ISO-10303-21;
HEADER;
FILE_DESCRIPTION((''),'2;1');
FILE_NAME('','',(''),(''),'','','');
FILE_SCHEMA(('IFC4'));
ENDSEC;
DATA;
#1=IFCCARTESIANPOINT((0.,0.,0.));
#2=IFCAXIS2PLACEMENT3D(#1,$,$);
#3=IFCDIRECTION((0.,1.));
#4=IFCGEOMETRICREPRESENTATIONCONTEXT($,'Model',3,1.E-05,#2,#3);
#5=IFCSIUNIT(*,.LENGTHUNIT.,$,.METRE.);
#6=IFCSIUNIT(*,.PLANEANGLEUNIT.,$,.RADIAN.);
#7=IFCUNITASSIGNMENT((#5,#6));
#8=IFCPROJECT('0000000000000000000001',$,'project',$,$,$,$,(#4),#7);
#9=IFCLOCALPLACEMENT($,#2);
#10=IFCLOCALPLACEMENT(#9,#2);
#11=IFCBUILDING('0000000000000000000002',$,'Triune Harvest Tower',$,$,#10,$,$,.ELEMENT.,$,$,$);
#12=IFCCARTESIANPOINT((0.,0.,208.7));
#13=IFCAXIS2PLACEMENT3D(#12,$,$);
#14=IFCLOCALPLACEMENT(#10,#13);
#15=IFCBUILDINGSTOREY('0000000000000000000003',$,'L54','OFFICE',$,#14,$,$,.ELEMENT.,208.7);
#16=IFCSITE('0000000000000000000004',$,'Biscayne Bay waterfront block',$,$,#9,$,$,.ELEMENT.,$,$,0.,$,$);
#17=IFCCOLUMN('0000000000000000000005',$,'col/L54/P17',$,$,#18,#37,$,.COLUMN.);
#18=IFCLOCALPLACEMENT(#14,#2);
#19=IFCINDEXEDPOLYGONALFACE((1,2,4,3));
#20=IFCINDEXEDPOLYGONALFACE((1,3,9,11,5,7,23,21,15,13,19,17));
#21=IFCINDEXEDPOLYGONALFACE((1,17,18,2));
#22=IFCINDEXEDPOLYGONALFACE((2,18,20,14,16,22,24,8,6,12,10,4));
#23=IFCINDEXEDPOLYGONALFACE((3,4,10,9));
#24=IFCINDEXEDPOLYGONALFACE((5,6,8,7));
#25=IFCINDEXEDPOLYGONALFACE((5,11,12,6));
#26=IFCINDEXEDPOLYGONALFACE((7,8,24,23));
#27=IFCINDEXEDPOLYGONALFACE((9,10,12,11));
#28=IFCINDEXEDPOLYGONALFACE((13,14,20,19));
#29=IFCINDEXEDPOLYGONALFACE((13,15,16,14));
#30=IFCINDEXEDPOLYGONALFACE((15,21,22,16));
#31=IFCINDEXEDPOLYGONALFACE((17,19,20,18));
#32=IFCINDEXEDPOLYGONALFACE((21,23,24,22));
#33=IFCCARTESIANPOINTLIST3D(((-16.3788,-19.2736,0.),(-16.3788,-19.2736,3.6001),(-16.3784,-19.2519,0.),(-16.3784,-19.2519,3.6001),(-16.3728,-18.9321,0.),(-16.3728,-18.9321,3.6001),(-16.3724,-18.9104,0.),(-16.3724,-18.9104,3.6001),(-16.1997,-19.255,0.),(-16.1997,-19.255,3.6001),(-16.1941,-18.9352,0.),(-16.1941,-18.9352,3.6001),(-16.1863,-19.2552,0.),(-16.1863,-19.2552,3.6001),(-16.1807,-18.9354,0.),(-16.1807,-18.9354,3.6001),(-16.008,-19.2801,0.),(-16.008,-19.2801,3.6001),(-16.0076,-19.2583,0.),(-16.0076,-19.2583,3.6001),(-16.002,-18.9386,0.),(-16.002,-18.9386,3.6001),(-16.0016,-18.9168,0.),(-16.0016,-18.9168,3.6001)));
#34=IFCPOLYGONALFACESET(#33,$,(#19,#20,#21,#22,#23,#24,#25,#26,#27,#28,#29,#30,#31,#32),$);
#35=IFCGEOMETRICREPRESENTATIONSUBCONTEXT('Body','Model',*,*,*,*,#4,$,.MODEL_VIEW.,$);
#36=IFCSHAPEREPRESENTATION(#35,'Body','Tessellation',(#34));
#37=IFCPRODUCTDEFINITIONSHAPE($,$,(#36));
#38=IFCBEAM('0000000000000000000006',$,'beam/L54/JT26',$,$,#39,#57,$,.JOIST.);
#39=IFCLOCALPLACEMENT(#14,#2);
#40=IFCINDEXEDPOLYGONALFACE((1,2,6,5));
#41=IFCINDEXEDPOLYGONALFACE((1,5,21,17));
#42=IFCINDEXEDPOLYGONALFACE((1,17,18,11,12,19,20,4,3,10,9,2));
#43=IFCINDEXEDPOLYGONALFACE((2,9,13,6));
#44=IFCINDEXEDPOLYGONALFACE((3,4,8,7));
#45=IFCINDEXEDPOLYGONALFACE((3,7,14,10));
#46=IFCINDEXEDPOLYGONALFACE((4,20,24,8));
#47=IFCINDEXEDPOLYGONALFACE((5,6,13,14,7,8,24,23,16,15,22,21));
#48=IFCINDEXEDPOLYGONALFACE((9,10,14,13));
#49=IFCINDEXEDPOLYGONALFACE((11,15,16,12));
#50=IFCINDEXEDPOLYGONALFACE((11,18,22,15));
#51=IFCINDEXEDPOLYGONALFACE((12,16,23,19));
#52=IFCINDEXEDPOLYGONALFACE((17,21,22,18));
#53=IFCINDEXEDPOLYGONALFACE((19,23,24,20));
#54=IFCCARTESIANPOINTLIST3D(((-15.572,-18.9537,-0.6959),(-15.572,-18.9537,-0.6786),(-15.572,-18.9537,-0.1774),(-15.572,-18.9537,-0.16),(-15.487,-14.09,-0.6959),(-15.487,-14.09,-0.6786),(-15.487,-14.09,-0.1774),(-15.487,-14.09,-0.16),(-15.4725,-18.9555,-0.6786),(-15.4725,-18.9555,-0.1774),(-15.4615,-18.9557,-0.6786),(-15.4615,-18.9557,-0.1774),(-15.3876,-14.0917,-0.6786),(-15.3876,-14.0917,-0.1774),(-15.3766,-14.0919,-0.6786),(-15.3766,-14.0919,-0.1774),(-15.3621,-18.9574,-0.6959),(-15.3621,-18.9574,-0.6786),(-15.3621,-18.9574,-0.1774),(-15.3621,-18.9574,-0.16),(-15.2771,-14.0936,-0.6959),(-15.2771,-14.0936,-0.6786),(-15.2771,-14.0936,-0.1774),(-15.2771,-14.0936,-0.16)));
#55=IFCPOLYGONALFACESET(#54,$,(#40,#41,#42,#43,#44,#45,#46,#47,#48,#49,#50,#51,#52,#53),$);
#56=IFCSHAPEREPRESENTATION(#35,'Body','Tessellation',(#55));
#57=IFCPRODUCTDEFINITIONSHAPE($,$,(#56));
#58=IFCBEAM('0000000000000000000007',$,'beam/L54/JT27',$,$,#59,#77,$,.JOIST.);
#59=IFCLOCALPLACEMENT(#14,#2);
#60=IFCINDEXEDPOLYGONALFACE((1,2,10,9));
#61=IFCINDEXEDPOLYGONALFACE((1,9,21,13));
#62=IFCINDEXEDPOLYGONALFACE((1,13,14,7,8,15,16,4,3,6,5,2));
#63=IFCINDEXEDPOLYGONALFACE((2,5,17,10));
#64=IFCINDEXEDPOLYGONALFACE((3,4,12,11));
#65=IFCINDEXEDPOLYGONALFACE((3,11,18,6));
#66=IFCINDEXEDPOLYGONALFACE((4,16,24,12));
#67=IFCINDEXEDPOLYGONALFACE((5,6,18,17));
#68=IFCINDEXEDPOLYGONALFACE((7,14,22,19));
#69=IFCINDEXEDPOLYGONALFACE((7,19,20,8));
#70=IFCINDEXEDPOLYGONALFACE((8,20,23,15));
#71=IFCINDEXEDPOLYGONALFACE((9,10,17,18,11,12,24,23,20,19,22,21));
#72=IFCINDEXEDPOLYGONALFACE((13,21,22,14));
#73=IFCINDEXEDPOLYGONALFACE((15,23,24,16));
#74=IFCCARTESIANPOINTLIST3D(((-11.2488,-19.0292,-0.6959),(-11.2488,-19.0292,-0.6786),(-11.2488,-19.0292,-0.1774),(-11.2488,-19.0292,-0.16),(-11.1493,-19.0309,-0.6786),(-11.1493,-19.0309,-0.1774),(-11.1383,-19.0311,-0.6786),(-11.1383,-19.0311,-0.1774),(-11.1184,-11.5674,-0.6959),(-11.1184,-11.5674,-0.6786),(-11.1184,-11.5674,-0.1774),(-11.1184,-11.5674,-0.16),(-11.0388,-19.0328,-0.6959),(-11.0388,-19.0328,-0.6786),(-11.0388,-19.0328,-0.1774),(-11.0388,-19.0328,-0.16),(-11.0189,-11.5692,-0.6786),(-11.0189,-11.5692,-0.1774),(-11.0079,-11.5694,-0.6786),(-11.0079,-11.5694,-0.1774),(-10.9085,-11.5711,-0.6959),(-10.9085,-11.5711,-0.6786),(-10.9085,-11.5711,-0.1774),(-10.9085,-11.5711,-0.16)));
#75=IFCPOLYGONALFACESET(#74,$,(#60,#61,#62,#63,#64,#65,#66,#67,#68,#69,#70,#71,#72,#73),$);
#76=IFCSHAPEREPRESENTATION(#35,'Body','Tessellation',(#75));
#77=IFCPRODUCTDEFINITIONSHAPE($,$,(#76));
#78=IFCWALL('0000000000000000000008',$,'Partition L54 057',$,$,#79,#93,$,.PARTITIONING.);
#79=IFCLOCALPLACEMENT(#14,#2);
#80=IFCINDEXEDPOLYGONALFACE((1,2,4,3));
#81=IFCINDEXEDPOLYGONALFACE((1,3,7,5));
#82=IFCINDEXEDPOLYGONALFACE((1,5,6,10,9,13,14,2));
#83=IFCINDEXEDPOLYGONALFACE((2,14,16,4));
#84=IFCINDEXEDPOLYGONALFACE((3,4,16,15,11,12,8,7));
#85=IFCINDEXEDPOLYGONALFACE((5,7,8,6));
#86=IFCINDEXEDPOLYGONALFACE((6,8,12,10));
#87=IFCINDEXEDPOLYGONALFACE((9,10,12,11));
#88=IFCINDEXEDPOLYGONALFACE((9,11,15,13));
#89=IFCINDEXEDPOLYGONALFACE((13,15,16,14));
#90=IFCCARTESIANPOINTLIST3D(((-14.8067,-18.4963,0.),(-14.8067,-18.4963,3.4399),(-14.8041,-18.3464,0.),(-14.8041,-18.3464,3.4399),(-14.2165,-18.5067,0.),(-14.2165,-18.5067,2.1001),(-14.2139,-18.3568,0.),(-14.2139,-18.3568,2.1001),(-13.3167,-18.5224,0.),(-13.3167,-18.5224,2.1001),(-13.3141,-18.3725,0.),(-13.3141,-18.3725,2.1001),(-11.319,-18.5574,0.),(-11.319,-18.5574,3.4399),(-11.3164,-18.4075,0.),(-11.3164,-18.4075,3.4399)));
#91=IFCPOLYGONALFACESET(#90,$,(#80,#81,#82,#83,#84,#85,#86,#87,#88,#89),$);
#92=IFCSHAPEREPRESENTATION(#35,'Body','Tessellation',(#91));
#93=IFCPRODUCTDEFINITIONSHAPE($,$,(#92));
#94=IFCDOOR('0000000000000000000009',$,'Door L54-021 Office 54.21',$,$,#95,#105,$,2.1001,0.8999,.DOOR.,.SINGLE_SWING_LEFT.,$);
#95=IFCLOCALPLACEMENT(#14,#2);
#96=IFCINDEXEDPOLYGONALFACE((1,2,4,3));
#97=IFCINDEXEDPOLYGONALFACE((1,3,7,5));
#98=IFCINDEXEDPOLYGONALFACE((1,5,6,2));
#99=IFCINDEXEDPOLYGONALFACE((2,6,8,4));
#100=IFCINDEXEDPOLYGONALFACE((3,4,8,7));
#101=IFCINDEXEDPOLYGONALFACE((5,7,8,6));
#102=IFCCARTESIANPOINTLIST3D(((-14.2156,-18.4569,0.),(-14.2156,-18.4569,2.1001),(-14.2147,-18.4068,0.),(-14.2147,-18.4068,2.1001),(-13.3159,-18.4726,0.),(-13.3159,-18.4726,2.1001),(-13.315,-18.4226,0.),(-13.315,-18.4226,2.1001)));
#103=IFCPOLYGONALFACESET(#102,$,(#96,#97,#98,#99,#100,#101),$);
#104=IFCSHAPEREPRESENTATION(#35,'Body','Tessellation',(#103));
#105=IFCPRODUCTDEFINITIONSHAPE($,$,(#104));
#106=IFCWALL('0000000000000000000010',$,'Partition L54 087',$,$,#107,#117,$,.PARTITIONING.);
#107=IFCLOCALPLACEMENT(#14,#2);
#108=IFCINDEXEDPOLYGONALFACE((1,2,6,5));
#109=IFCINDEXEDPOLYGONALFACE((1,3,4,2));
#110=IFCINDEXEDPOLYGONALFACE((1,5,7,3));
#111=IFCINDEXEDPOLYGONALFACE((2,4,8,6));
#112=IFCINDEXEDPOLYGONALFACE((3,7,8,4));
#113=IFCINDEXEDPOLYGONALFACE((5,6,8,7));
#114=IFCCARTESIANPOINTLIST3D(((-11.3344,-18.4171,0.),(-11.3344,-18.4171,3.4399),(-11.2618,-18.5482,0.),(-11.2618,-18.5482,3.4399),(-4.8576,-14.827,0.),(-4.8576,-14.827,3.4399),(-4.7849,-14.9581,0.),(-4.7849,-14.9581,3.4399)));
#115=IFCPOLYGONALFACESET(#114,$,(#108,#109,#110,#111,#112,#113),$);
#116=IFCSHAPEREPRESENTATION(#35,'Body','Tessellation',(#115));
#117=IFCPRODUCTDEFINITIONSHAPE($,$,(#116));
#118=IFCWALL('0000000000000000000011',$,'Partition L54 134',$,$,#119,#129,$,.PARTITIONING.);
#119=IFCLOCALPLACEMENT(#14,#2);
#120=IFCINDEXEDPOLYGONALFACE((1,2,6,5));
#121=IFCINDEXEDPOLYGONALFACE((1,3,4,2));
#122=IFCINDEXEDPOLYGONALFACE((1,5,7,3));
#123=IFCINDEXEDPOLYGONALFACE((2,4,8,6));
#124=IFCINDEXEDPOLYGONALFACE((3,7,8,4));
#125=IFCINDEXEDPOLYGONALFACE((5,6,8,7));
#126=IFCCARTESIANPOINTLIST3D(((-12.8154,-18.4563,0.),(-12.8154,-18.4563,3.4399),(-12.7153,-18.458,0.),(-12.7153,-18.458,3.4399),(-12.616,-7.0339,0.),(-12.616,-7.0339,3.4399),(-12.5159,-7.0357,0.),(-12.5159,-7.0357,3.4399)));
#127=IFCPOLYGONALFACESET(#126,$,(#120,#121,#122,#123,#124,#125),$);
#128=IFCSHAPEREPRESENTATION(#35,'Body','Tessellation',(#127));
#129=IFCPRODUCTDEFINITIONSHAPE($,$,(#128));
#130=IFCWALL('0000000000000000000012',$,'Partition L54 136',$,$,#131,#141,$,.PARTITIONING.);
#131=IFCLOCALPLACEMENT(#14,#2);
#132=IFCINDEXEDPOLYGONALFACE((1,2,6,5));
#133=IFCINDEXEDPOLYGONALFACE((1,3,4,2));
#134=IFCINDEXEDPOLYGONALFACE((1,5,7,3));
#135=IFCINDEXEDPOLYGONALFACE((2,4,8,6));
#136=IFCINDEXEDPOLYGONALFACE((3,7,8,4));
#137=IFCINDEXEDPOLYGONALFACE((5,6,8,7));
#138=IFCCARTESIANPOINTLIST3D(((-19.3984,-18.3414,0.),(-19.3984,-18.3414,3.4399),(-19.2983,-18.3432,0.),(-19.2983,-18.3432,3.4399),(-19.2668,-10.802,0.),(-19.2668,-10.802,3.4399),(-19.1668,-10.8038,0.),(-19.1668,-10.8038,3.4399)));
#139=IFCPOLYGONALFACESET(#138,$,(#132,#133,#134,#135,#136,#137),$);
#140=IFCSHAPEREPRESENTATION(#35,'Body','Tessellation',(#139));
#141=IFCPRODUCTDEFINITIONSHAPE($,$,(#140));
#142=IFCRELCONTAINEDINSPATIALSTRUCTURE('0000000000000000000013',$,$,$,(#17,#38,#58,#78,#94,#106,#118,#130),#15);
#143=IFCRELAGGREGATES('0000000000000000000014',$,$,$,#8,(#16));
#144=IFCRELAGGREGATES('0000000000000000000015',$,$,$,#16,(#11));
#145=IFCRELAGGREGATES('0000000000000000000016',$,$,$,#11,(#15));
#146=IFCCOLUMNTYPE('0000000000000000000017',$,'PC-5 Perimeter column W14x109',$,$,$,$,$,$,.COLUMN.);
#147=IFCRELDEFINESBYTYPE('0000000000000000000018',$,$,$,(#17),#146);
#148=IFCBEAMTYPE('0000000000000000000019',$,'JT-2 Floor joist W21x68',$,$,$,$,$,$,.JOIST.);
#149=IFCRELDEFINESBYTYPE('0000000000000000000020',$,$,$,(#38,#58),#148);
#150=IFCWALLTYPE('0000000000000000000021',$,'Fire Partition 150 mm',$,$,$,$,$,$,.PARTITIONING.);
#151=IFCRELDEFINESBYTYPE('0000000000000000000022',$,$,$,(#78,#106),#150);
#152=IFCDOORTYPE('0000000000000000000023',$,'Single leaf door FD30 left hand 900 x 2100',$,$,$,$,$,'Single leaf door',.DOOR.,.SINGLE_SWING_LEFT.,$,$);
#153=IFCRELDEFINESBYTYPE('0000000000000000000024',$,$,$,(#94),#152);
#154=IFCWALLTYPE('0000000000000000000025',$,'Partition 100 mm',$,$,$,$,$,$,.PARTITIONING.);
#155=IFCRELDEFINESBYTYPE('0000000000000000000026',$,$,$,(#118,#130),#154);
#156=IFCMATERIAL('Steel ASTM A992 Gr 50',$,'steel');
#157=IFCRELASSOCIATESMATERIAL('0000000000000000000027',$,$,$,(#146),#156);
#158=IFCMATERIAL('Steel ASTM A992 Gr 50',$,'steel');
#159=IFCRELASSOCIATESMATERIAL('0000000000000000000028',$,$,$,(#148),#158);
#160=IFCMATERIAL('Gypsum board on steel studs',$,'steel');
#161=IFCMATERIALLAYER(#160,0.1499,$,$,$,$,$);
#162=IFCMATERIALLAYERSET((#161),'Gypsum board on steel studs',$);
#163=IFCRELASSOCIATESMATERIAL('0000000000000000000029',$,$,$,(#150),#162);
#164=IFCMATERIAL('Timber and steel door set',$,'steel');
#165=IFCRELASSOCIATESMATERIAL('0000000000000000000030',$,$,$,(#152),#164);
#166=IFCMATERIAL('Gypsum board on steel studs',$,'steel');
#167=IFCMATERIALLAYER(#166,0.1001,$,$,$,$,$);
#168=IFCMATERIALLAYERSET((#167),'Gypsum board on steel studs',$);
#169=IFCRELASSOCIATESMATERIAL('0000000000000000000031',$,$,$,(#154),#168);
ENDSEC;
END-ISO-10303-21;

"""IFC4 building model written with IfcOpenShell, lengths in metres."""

from ifc_helpers import new_model, si_unit, direction, frame, frame_2d, origin, origin_2d, place, context, subcontext, project, spatial, rectangle, i_section, extrude, source, transform, mapped, material, layer, layer_set, material_profile, profile_set, type_object, element, fill, save


model = new_model("IFC4")

# Units and contexts
model_context = context("Model", 3, precision=1e-05, world=origin(), true_north=direction((0.0, 1.0)))
body_context = subcontext(model_context, "Body", "Model", "MODEL_VIEW")
ifc_project = project(units=[si_unit("LENGTHUNIT", "METRE"), si_unit("PLANEANGLEUNIT", "RADIAN")], contexts=[model_context])

# Site, building, storey
site_placement = place(None, origin())
site = spatial("IfcSite", under=ifc_project, at=site_placement, Name="Biscayne Bay waterfront block", CompositionType="ELEMENT", RefElevation=0.0)
building_placement = place(site_placement, origin())
building = spatial("IfcBuilding", under=site, at=building_placement, Name="Triune Harvest Tower", CompositionType="ELEMENT")
storey_placement = place(building_placement, frame((0.0, 0.0, 208.7)))
storey = spatial("IfcBuildingStorey", under=building, at=storey_placement, Name="L54", Description="OFFICE", CompositionType="ELEMENT", Elevation=208.7)

# Column
ifc_material_1 = material(Name="Steel ASTM A992 Gr 50", Category="steel")
ifc_material_profile_1 = material_profile(ifc_material_1, i_section(OverallWidth=0.3708, OverallDepth=0.3633, WebThickness=0.0134, FlangeThickness=0.0217, at=origin_2d()), Name="W14x109")
ifc_profile_set_1 = profile_set([ifc_material_profile_1], Name="Steel ASTM A992 Gr 50")
column_type = type_object("IfcColumnType", Name="PC-5 Perimeter column W14x109", PredefinedType="COLUMN", material=ifc_profile_set_1)
shared_shape_1 = source(origin(), body_context, "Body", "SweptSolid", [
    extrude(i_section(OverallWidth=0.3708, OverallDepth=0.3633, WebThickness=0.0134, FlangeThickness=0.0217, at=origin_2d()), origin(), (0.0, 0.0, 1.0), 3.6001),
])
column_placement = place(storey_placement, frame((-16.1902, -19.0952, 0.0), z_axis=(0.0, 0.0, 1.0), x_axis=(0.999848, -0.017452, 0.0)))
element("IfcColumn", 1, at=column_placement, inside=storey, type_object=column_type, Name="col/L54/P17", PredefinedType="COLUMN", context=body_context, shape_type="MappedRepresentation", body=[
    mapped(shared_shape_1, transform((0.0, 0.0, 0.0), scale=1.0)),
])

# Beams
ifc_material_2 = material(Name="Steel ASTM A992 Gr 50", Category="steel")
ifc_material_profile_2 = material_profile(ifc_material_2, i_section(OverallWidth=0.21, OverallDepth=0.5359, WebThickness=0.011, FlangeThickness=0.0173, at=origin_2d()), Name="W21x68")
ifc_profile_set_2 = profile_set([ifc_material_profile_2], Name="Steel ASTM A992 Gr 50")
beam_type = type_object("IfcBeamType", Name="JT-2 Floor joist W21x68", PredefinedType="JOIST", material=ifc_profile_set_2)
shared_shape_2 = source(origin(), body_context, "Body", "SweptSolid", [
    extrude(i_section(OverallWidth=0.21, OverallDepth=0.5359, WebThickness=0.011, FlangeThickness=0.0173, at=origin_2d()), origin(), (0.0, 0.0, 1.0), 4.8645),
])
beam_1_placement = place(storey_placement, frame((-15.467, -18.9556, -0.428), z_axis=(0.017465, 0.999847, 0.0), x_axis=(-0.999847, 0.017465, 0.0)))
element("IfcBeam", 2, at=beam_1_placement, inside=storey, type_object=beam_type, Name="beam/L54/JT26", PredefinedType="JOIST", context=body_context, shape_type="MappedRepresentation", body=[
    mapped(shared_shape_2, transform((0.0, 0.0, 0.0), scale=1.0)),
])
shared_shape_3 = source(origin(), body_context, "Body", "SweptSolid", [
    extrude(i_section(OverallWidth=0.21, OverallDepth=0.5359, WebThickness=0.011, FlangeThickness=0.0173, at=origin_2d()), origin(), (0.0, 0.0, 1.0), 7.4629),
])
beam_2_placement = place(storey_placement, frame((-11.1438, -19.031, -0.428), z_axis=(0.017469, 0.999847, 0.0), x_axis=(-0.999847, 0.017469, 0.0)))
element("IfcBeam", 3, at=beam_2_placement, inside=storey, type_object=beam_type, Name="beam/L54/JT27", PredefinedType="JOIST", context=body_context, shape_type="MappedRepresentation", body=[
    mapped(shared_shape_3, transform((0.0, 0.0, 0.0), scale=1.0)),
])

# Wall, opening, door
ifc_material_3 = material(Name="Gypsum board on steel studs", Category="steel")
ifc_layer_1 = layer(ifc_material_3, 0.1499)
ifc_layer_set_1 = layer_set([ifc_layer_1], Name="Gypsum board on steel studs")
wall_type_1 = type_object("IfcWallType", Name="Fire Partition 150 mm", PredefinedType="PARTITIONING", material=ifc_layer_set_1)
wall_1_placement = place(storey_placement, frame((-14.8054, -18.4214, 0.0), z_axis=(0.0, 0.0, 1.0), x_axis=(0.999847, -0.017497, 0.0)))
wall_1 = element("IfcWall", 4, at=wall_1_placement, inside=storey, type_object=wall_type_1, Name="Partition L54 057", PredefinedType="PARTITIONING", context=body_context, shape_type="SweptSolid", body=[
    extrude(rectangle(XDim=3.4883, YDim=0.1499, at=frame_2d((1.7441, 0.0))), origin(), (0.0, 0.0, 1.0), 3.4399),
])
opening_1_placement = place(wall_1_placement, frame((0.5903, 0.0, 0.0)))
opening_1 = element("IfcOpeningElement", 5, at=opening_1_placement, cuts=wall_1, PredefinedType="OPENING", context=body_context, shape_type="SweptSolid", body=[
    extrude(rectangle(XDim=0.8999, YDim=2.1001, at=frame_2d((0.45, 1.05))), frame((0.0, 0.085, 0.0), z_axis=(0.0, -1.0, 0.0), x_axis=(1.0, 0.0, 0.0)), (0.0, 0.0, 1.0), 0.1699),
])
ifc_material_4 = material(Name="Timber and steel door set", Category="steel")
door_type_1 = type_object("IfcDoorType", Name="Single leaf door FD30 left hand 900 x 2100", ElementType="Single leaf door", OperationType="SINGLE_SWING_LEFT", PredefinedType="DOOR", material=ifc_material_4)
door_1_placement = place(opening_1_placement, origin())
door_1 = element("IfcDoor", 6, at=door_1_placement, inside=storey, type_object=door_type_1, Name="Door L54-021 Office 54.21", OperationType="SINGLE_SWING_LEFT", OverallHeight=2.1001, OverallWidth=0.8999, PredefinedType="DOOR", context=body_context, shape_type="SweptSolid", body=[
    extrude(rectangle(XDim=0.8999, YDim=2.1001, at=frame_2d((0.45, 1.05))), frame((0.0, 0.0249, 0.0), z_axis=(0.0, -1.0, 0.0), x_axis=(1.0, 0.0, 0.0)), (0.0, 0.0, 1.0), 0.05),
])
fill(opening_1, door_1)

# Walls
wall_2_placement = place(storey_placement, frame((-11.2981, -18.4827, 0.0), z_axis=(0.0, 0.0, 1.0), x_axis=(0.874623, 0.484803, 0.0)))
element("IfcWall", 7, at=wall_2_placement, inside=storey, type_object=wall_type_1, Name="Partition L54 087", PredefinedType="PARTITIONING", context=body_context, shape_type="SweptSolid", body=[
    extrude(rectangle(XDim=7.4053, YDim=0.1499, at=frame_2d((3.7026, 0.0))), origin(), (0.0, 0.0, 1.0), 3.4399),
])
ifc_material_5 = material(Name="Gypsum board on steel studs", Category="steel")
ifc_layer_2 = layer(ifc_material_5, 0.1001)
ifc_layer_set_2 = layer_set([ifc_layer_2], Name="Gypsum board on steel studs")
wall_type_2 = type_object("IfcWallType", Name="Partition 100 mm", PredefinedType="PARTITIONING", material=ifc_layer_set_2)
wall_3_placement = place(storey_placement, frame((-12.7654, -18.457, 0.0), z_axis=(0.0, 0.0, 1.0), x_axis=(0.01746, 0.999848, 0.0)))
element("IfcWall", 8, at=wall_3_placement, inside=storey, type_object=wall_type_2, Name="Partition L54 134", PredefinedType="PARTITIONING", context=body_context, shape_type="SweptSolid", body=[
    extrude(rectangle(XDim=11.4241, YDim=0.1001, at=frame_2d((5.7119, 0.0))), origin(), (0.0, 0.0, 1.0), 3.4399),
])
wall_4_placement = place(storey_placement, frame((-19.3484, -18.3423, 0.0), z_axis=(0.0, 0.0, 1.0), x_axis=(0.017451, 0.999848, 0.0)))
element("IfcWall", 9, at=wall_4_placement, inside=storey, type_object=wall_type_2, Name="Partition L54 136", PredefinedType="PARTITIONING", context=body_context, shape_type="SweptSolid", body=[
    extrude(rectangle(XDim=7.5405, YDim=0.1001, at=frame_2d((3.7703, 0.0))), origin(), (0.0, 0.0, 1.0), 3.4399),
])

save(model, "model.ifc")
